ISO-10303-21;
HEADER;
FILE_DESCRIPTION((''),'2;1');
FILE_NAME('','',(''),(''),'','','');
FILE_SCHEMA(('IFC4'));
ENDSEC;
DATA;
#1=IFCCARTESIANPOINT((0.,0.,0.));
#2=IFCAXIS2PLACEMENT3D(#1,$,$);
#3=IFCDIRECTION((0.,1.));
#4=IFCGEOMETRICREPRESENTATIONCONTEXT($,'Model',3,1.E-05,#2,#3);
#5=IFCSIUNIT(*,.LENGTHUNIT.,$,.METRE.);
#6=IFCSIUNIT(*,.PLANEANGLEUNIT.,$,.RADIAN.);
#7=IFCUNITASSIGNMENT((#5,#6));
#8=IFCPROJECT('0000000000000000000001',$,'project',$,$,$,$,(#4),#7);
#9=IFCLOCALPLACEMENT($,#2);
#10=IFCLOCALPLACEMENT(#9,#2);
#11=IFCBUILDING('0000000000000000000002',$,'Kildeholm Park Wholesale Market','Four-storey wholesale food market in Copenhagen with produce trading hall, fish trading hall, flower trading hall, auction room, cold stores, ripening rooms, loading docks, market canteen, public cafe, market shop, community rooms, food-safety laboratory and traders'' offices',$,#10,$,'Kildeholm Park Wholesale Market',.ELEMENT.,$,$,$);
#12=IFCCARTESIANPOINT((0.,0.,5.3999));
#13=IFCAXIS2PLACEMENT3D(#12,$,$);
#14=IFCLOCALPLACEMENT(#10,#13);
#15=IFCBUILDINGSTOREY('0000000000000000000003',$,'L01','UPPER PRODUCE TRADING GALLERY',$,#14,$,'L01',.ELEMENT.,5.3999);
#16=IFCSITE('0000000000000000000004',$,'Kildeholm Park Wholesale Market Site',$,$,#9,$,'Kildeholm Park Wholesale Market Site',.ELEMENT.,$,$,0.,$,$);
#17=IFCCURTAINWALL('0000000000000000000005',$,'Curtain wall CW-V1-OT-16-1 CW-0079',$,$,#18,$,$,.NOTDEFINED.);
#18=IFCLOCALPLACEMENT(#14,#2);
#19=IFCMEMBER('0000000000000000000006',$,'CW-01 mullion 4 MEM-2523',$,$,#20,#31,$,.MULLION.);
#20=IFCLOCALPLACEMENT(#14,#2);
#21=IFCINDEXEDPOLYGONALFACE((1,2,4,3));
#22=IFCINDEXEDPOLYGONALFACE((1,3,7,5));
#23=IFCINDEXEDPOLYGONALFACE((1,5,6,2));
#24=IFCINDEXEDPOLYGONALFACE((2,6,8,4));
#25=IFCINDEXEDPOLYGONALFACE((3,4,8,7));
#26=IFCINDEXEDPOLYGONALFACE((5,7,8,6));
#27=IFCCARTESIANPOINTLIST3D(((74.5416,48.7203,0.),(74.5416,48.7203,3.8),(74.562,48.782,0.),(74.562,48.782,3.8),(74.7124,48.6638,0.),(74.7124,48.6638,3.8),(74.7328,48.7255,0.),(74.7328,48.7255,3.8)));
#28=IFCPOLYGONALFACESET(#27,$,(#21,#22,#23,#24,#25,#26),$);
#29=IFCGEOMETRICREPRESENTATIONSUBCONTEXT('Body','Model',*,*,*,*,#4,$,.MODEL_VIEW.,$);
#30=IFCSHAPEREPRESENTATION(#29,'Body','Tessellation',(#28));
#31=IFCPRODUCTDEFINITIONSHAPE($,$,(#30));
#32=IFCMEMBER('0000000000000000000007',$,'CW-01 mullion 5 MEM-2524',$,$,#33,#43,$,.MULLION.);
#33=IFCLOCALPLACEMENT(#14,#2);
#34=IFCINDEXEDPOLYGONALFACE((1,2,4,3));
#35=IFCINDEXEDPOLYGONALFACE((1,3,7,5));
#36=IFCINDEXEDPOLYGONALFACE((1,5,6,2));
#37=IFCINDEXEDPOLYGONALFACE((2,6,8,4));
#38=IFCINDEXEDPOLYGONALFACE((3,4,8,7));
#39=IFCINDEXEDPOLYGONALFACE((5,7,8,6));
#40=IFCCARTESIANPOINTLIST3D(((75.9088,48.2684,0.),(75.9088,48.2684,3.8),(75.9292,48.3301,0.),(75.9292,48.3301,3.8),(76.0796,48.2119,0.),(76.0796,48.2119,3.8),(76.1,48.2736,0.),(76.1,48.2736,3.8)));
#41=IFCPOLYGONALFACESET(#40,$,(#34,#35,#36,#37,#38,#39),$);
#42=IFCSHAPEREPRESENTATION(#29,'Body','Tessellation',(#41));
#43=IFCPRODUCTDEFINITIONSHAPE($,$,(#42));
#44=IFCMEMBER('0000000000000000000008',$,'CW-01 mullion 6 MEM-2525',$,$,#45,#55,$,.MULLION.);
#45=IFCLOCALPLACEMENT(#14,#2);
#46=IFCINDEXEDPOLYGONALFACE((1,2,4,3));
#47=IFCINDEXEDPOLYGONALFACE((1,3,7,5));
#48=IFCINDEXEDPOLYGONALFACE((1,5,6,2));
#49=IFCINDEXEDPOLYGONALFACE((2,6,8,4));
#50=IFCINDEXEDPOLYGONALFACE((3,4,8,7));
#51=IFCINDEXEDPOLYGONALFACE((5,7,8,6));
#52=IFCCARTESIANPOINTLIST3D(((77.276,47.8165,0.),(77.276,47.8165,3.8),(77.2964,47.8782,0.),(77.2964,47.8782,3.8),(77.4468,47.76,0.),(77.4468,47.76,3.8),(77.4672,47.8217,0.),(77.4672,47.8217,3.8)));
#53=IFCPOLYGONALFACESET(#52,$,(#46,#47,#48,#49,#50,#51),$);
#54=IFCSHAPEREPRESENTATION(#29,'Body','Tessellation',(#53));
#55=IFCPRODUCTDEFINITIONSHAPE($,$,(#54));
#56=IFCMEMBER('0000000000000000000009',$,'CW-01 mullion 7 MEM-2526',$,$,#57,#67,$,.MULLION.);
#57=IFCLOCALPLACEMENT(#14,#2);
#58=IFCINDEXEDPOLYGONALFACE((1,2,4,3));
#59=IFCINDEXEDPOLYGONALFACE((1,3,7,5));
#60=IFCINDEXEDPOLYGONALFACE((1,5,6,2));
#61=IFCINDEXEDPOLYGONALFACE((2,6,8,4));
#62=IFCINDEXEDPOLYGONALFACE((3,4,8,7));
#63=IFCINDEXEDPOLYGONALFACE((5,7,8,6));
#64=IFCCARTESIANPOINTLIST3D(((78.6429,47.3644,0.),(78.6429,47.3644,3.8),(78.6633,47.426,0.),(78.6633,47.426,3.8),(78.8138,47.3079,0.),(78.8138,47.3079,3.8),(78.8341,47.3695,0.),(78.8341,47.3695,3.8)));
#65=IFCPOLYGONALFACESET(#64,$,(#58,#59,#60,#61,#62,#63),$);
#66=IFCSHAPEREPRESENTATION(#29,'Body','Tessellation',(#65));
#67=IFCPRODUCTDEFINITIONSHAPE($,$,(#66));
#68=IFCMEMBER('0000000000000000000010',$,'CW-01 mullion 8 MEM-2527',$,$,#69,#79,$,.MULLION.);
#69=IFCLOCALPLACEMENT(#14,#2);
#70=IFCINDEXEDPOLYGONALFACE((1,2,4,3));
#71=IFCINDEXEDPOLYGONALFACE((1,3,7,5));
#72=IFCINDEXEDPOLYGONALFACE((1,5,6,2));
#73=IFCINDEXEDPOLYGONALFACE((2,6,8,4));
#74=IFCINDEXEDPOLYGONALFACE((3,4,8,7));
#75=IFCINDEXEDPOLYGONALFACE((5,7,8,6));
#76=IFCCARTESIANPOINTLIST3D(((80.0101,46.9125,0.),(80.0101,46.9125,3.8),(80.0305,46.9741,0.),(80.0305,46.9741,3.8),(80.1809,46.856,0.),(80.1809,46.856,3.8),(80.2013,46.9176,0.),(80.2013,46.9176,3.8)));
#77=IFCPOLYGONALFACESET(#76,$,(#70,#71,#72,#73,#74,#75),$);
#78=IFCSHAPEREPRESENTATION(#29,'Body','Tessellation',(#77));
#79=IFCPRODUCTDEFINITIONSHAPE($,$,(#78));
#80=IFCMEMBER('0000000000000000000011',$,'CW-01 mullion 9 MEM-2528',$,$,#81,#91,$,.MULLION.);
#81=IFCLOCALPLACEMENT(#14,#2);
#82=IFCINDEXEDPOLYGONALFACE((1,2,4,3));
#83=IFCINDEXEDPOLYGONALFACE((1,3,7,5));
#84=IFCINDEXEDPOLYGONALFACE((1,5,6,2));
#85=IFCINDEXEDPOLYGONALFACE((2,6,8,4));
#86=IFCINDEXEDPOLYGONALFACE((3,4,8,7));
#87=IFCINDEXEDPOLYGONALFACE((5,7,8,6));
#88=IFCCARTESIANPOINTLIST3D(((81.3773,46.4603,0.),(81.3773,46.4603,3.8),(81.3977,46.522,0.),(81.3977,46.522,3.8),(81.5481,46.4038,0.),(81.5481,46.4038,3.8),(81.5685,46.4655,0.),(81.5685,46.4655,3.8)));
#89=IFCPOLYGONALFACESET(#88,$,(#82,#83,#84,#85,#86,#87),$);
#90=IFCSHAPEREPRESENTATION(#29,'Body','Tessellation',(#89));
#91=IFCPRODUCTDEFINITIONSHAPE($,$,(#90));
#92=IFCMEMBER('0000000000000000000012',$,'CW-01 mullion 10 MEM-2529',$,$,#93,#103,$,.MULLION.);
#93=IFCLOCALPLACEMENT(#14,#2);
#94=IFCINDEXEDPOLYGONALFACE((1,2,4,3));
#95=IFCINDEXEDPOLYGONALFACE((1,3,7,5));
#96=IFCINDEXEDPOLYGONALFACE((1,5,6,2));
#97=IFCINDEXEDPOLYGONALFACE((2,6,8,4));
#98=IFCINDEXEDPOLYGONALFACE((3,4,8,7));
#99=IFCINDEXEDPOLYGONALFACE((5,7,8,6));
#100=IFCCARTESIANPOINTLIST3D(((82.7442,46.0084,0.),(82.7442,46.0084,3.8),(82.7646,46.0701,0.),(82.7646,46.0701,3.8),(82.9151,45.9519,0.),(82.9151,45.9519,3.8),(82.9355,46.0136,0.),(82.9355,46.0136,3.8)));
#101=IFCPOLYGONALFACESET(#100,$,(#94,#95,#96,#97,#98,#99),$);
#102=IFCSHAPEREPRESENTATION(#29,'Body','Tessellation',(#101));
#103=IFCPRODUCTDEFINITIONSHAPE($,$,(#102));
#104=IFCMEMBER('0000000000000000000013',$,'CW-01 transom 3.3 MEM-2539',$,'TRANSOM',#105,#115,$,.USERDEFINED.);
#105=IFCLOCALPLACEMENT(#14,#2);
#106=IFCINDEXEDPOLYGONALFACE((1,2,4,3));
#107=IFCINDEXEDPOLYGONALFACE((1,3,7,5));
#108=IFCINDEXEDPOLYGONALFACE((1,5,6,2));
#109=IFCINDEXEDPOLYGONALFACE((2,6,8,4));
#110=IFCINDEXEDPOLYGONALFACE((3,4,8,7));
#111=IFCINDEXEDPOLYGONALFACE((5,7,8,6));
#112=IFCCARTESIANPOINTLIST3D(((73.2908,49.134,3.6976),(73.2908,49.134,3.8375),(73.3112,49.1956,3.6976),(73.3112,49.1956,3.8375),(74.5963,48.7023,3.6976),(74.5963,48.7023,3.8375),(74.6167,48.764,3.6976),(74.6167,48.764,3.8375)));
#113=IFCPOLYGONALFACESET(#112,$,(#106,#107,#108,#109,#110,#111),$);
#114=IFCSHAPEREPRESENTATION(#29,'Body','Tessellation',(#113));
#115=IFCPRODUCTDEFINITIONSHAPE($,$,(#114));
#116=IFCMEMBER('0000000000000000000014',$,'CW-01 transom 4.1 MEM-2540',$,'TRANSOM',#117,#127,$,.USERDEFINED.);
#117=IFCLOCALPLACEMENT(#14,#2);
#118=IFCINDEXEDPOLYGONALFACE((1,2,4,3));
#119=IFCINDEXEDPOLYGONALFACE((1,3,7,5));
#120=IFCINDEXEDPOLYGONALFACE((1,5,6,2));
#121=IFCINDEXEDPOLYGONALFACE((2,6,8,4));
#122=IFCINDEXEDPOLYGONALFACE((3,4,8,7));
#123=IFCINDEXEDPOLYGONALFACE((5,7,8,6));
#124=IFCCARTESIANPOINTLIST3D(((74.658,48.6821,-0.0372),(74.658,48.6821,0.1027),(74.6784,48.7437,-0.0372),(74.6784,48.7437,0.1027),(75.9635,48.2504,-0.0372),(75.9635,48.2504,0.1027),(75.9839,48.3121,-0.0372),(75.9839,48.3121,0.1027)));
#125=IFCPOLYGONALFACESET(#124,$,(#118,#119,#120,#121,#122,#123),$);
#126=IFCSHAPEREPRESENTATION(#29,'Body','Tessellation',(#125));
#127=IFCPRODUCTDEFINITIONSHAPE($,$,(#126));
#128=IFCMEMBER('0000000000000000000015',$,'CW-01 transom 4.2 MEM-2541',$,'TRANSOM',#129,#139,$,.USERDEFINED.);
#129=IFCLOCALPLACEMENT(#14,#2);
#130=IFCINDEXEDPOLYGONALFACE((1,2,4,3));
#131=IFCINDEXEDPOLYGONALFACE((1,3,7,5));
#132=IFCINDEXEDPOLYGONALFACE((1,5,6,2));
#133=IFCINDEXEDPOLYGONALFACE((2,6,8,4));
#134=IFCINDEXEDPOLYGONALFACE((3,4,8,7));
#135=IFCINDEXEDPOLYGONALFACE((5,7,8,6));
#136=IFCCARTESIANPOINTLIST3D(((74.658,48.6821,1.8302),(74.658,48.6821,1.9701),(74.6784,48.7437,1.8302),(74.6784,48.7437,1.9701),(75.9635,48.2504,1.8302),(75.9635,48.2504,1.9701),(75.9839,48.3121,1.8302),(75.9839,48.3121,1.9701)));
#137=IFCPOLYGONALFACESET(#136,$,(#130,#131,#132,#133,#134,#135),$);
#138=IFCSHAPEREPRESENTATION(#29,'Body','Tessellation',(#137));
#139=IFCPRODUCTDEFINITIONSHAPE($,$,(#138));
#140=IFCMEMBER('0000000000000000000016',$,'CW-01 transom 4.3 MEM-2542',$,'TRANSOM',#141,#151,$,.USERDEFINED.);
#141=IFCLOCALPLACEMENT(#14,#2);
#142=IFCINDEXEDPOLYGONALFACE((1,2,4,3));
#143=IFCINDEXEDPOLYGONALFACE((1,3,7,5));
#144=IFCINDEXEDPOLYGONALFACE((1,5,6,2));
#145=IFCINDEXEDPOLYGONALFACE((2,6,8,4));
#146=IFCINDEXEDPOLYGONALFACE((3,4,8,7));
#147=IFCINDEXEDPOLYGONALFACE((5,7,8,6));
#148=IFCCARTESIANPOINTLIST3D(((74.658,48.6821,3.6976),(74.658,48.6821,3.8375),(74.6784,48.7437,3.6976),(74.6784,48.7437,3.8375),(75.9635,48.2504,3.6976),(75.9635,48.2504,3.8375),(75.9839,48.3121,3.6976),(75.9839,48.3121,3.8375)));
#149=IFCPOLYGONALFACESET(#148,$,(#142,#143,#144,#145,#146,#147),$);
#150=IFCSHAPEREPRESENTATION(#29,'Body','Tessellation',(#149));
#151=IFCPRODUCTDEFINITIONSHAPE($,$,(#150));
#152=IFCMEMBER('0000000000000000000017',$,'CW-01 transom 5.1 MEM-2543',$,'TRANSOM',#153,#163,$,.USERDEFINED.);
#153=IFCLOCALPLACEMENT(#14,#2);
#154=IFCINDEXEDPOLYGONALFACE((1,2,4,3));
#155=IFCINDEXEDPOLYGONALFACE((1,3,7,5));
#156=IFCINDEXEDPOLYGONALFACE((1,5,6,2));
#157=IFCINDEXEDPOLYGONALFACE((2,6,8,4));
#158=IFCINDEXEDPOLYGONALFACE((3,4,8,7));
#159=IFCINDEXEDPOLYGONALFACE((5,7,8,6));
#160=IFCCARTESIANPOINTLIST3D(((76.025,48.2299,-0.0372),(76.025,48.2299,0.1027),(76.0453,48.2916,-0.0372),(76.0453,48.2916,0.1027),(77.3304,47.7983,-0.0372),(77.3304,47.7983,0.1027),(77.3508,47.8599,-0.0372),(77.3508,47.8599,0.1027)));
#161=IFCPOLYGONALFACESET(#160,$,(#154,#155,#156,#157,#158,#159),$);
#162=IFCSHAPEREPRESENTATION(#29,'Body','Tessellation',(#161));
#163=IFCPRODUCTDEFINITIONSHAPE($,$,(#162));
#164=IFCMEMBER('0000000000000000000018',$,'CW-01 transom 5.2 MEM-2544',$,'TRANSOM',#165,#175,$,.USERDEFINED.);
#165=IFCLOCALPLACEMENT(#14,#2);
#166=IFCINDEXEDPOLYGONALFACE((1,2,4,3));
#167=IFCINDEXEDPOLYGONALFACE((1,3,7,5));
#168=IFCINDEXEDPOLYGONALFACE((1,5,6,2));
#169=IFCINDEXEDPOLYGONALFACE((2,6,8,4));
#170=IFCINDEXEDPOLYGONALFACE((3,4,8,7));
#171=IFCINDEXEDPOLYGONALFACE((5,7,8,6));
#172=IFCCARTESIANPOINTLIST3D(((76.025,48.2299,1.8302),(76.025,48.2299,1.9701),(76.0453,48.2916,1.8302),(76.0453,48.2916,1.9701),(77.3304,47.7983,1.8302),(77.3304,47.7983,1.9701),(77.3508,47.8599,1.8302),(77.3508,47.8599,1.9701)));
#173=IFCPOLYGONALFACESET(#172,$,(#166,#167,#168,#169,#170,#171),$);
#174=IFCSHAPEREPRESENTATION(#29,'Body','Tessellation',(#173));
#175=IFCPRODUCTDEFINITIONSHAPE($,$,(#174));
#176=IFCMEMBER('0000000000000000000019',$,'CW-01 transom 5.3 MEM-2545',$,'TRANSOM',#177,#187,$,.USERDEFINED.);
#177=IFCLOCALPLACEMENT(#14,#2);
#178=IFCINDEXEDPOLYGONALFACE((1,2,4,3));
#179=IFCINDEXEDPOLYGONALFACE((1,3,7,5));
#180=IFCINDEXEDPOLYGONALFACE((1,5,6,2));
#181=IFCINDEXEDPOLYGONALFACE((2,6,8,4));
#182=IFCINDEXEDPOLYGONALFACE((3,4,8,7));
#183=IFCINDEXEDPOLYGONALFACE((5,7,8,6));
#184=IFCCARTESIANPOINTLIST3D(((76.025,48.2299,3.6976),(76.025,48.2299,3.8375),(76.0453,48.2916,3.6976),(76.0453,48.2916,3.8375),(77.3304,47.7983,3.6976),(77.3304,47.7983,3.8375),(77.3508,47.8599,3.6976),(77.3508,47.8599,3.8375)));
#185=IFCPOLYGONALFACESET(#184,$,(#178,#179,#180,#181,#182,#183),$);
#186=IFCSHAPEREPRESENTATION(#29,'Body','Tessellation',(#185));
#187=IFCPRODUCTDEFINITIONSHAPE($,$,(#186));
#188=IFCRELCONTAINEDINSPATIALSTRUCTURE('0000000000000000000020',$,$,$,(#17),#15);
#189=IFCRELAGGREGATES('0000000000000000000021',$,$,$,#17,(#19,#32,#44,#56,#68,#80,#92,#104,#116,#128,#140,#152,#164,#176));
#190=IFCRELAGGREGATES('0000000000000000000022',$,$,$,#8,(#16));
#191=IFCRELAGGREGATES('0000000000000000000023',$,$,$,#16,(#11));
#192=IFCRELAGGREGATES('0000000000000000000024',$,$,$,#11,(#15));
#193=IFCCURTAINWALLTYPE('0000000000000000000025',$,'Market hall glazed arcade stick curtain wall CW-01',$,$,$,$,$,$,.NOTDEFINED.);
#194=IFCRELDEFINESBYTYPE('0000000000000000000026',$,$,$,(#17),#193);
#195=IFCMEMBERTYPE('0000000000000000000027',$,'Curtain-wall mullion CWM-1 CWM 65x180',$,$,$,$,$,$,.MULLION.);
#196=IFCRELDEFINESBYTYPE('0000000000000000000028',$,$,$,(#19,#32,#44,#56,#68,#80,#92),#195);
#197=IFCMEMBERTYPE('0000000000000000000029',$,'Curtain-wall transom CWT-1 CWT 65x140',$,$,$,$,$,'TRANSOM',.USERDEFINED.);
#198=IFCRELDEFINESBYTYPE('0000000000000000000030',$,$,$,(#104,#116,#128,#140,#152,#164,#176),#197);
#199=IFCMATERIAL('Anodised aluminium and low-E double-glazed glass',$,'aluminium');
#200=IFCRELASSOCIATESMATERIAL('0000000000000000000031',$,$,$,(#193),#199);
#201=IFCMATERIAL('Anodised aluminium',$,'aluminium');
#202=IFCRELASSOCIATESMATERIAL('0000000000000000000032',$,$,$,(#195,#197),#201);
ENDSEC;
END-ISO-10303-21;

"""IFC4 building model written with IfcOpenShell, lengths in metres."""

from ifc_helpers import new_model, si_unit, direction, frame, origin, origin_2d, place, context, subcontext, project, spatial, rectangle, extrude, material, material_profile, profile_set, type_object, element, aggregate, save


model = new_model("IFC4")

# Units and contexts
model_context = context("Model", 3, precision=1e-05, world=origin(), true_north=direction((0.0, 1.0)))
body_context = subcontext(model_context, "Body", "Model", "MODEL_VIEW")
ifc_project = project(units=[si_unit("LENGTHUNIT", "METRE"), si_unit("PLANEANGLEUNIT", "RADIAN")], contexts=[model_context])

# Site, building, storey
site_placement = place(None, origin())
site = spatial("IfcSite", under=ifc_project, at=site_placement, Name="Kildeholm Park Wholesale Market Site", LongName="Kildeholm Park Wholesale Market Site", CompositionType="ELEMENT", RefElevation=0.0)
building_placement = place(site_placement, origin())
building = spatial("IfcBuilding", under=site, at=building_placement, Name="Kildeholm Park Wholesale Market", Description="Four-storey wholesale food market in Copenhagen with produce trading hall, fish trading hall, flower trading hall, auction room, cold stores, ripening rooms, loading docks, market canteen, public cafe, market shop, community rooms, food-safety laboratory and traders' offices", LongName="Kildeholm Park Wholesale Market", CompositionType="ELEMENT")
storey_placement = place(building_placement, frame((0.0, 0.0, 5.3999)))
storey = spatial("IfcBuildingStorey", under=building, at=storey_placement, Name="L01", Description="UPPER PRODUCE TRADING GALLERY", LongName="L01", CompositionType="ELEMENT", Elevation=5.3999)

# Curtain wall, members
ifc_material_1 = material(Name="Anodised aluminium and low-E double-glazed glass", Category="aluminium")
curtain_wall_type = type_object("IfcCurtainWallType", Name="Market hall glazed arcade stick curtain wall CW-01", PredefinedType="NOTDEFINED", material=ifc_material_1)
curtain_wall_placement = place(storey_placement, origin())
curtain_wall = element("IfcCurtainWall", 1, at=curtain_wall_placement, inside=storey, type_object=curtain_wall_type, Name="Curtain wall CW-V1-OT-16-1 CW-0079", PredefinedType="NOTDEFINED")
ifc_material_2 = material(Name="Anodised aluminium", Category="aluminium")
ifc_material_profile_1 = material_profile(ifc_material_2, rectangle(XDim=0.0649, YDim=0.1799, at=origin_2d()), Name="CWM 65x180")
ifc_profile_set_1 = profile_set([ifc_material_profile_1], Name="Anodised aluminium")
member_type_1 = type_object("IfcMemberType", Name="Curtain-wall mullion CWM-1 CWM 65x180", PredefinedType="MULLION", material=ifc_profile_set_1)
member_1_placement = place(storey_placement, frame((74.6372, 48.7229, 0.0), z_axis=(0.0, 0.0, 1.0), x_axis=(0.313914, 0.949451, 0.0)))
member_1 = element("IfcMember", 2, at=member_1_placement, type_object=member_type_1, Name="CW-01 mullion 4 MEM-2523", PredefinedType="MULLION", context=body_context, shape_type="SweptSolid", body=[
    extrude(rectangle(XDim=0.0649, YDim=0.1799, at=origin_2d()), origin(), (0.0, 0.0, 1.0), 3.8),
])
member_2_placement = place(storey_placement, frame((76.0044, 48.271, 0.0), z_axis=(0.0, 0.0, 1.0), x_axis=(0.313914, 0.949451, 0.0)))
member_2 = element("IfcMember", 3, at=member_2_placement, type_object=member_type_1, Name="CW-01 mullion 5 MEM-2524", PredefinedType="MULLION", context=body_context, shape_type="SweptSolid", body=[
    extrude(rectangle(XDim=0.0649, YDim=0.1799, at=origin_2d()), origin(), (0.0, 0.0, 1.0), 3.8),
])
member_3_placement = place(storey_placement, frame((77.3716, 47.8191, 0.0), z_axis=(0.0, 0.0, 1.0), x_axis=(0.313914, 0.949451, 0.0)))
member_3 = element("IfcMember", 4, at=member_3_placement, type_object=member_type_1, Name="CW-01 mullion 6 MEM-2525", PredefinedType="MULLION", context=body_context, shape_type="SweptSolid", body=[
    extrude(rectangle(XDim=0.0649, YDim=0.1799, at=origin_2d()), origin(), (0.0, 0.0, 1.0), 3.8),
])
member_4_placement = place(storey_placement, frame((78.7385, 47.3669, 0.0), z_axis=(0.0, 0.0, 1.0), x_axis=(0.313914, 0.949451, 0.0)))
member_4 = element("IfcMember", 5, at=member_4_placement, type_object=member_type_1, Name="CW-01 mullion 7 MEM-2526", PredefinedType="MULLION", context=body_context, shape_type="SweptSolid", body=[
    extrude(rectangle(XDim=0.0649, YDim=0.1799, at=origin_2d()), origin(), (0.0, 0.0, 1.0), 3.8),
])
member_5_placement = place(storey_placement, frame((80.1057, 46.915, 0.0), z_axis=(0.0, 0.0, 1.0), x_axis=(0.313914, 0.949451, 0.0)))
member_5 = element("IfcMember", 6, at=member_5_placement, type_object=member_type_1, Name="CW-01 mullion 8 MEM-2527", PredefinedType="MULLION", context=body_context, shape_type="SweptSolid", body=[
    extrude(rectangle(XDim=0.0649, YDim=0.1799, at=origin_2d()), origin(), (0.0, 0.0, 1.0), 3.8),
])
member_6_placement = place(storey_placement, frame((81.4729, 46.4629, 0.0), z_axis=(0.0, 0.0, 1.0), x_axis=(0.313914, 0.949451, 0.0)))
member_6 = element("IfcMember", 7, at=member_6_placement, type_object=member_type_1, Name="CW-01 mullion 9 MEM-2528", PredefinedType="MULLION", context=body_context, shape_type="SweptSolid", body=[
    extrude(rectangle(XDim=0.0649, YDim=0.1799, at=origin_2d()), origin(), (0.0, 0.0, 1.0), 3.8),
])
member_7_placement = place(storey_placement, frame((82.8398, 46.011, 0.0), z_axis=(0.0, 0.0, 1.0), x_axis=(0.313914, 0.949451, 0.0)))
member_7 = element("IfcMember", 8, at=member_7_placement, type_object=member_type_1, Name="CW-01 mullion 10 MEM-2529", PredefinedType="MULLION", context=body_context, shape_type="SweptSolid", body=[
    extrude(rectangle(XDim=0.0649, YDim=0.1799, at=origin_2d()), origin(), (0.0, 0.0, 1.0), 3.8),
])
ifc_material_profile_2 = material_profile(ifc_material_2, rectangle(XDim=0.0649, YDim=0.1399, at=origin_2d()), Name="CWT 65x140")
ifc_profile_set_2 = profile_set([ifc_material_profile_2], Name="Anodised aluminium")
member_type_2 = type_object("IfcMemberType", Name="Curtain-wall transom CWT-1 CWT 65x140", ElementType="TRANSOM", PredefinedType="USERDEFINED", material=ifc_profile_set_2)
member_8_placement = place(storey_placement, frame((73.301, 49.1648, 3.7676), z_axis=(0.949444, -0.313936, 0.0), x_axis=(0.313936, 0.949444, 0.0)))
member_8 = element("IfcMember", 9, at=member_8_placement, type_object=member_type_2, Name="CW-01 transom 3.3 MEM-2539", ObjectType="TRANSOM", PredefinedType="USERDEFINED", context=body_context, shape_type="SweptSolid", body=[
    extrude(rectangle(XDim=0.0649, YDim=0.1399, at=origin_2d()), origin(), (0.0, 0.0, 1.0), 1.375),
])
member_9_placement = place(storey_placement, frame((74.6682, 48.7129, 0.0327), z_axis=(0.949444, -0.313936, 0.0), x_axis=(0.313936, 0.949444, 0.0)))
member_9 = element("IfcMember", 10, at=member_9_placement, type_object=member_type_2, Name="CW-01 transom 4.1 MEM-2540", ObjectType="TRANSOM", PredefinedType="USERDEFINED", context=body_context, shape_type="SweptSolid", body=[
    extrude(rectangle(XDim=0.0649, YDim=0.1399, at=origin_2d()), origin(), (0.0, 0.0, 1.0), 1.375),
])
member_10_placement = place(storey_placement, frame((74.6682, 48.7129, 1.9001), z_axis=(0.949444, -0.313936, 0.0), x_axis=(0.313936, 0.949444, 0.0)))
member_10 = element("IfcMember", 11, at=member_10_placement, type_object=member_type_2, Name="CW-01 transom 4.2 MEM-2541", ObjectType="TRANSOM", PredefinedType="USERDEFINED", context=body_context, shape_type="SweptSolid", body=[
    extrude(rectangle(XDim=0.0649, YDim=0.1399, at=origin_2d()), origin(), (0.0, 0.0, 1.0), 1.375),
])
member_11_placement = place(storey_placement, frame((74.6682, 48.7129, 3.7676), z_axis=(0.949444, -0.313936, 0.0), x_axis=(0.313936, 0.949444, 0.0)))
member_11 = element("IfcMember", 12, at=member_11_placement, type_object=member_type_2, Name="CW-01 transom 4.3 MEM-2542", ObjectType="TRANSOM", PredefinedType="USERDEFINED", context=body_context, shape_type="SweptSolid", body=[
    extrude(rectangle(XDim=0.0649, YDim=0.1399, at=origin_2d()), origin(), (0.0, 0.0, 1.0), 1.375),
])
member_12_placement = place(storey_placement, frame((76.0352, 48.2607, 0.0327), z_axis=(0.949444, -0.313936, 0.0), x_axis=(0.313936, 0.949444, 0.0)))
member_12 = element("IfcMember", 13, at=member_12_placement, type_object=member_type_2, Name="CW-01 transom 5.1 MEM-2543", ObjectType="TRANSOM", PredefinedType="USERDEFINED", context=body_context, shape_type="SweptSolid", body=[
    extrude(rectangle(XDim=0.0649, YDim=0.1399, at=origin_2d()), origin(), (0.0, 0.0, 1.0), 1.375),
])
member_13_placement = place(storey_placement, frame((76.0352, 48.2607, 1.9001), z_axis=(0.949444, -0.313936, 0.0), x_axis=(0.313936, 0.949444, 0.0)))
member_13 = element("IfcMember", 14, at=member_13_placement, type_object=member_type_2, Name="CW-01 transom 5.2 MEM-2544", ObjectType="TRANSOM", PredefinedType="USERDEFINED", context=body_context, shape_type="SweptSolid", body=[
    extrude(rectangle(XDim=0.0649, YDim=0.1399, at=origin_2d()), origin(), (0.0, 0.0, 1.0), 1.375),
])
member_14_placement = place(storey_placement, frame((76.0352, 48.2607, 3.7676), z_axis=(0.949444, -0.313936, 0.0), x_axis=(0.313936, 0.949444, 0.0)))
member_14 = element("IfcMember", 15, at=member_14_placement, type_object=member_type_2, Name="CW-01 transom 5.3 MEM-2545", ObjectType="TRANSOM", PredefinedType="USERDEFINED", context=body_context, shape_type="SweptSolid", body=[
    extrude(rectangle(XDim=0.0649, YDim=0.1399, at=origin_2d()), origin(), (0.0, 0.0, 1.0), 1.375),
])
aggregate(curtain_wall, [member_1, member_2, member_3, member_4, member_5, member_6, member_7, member_8, member_9, member_10, member_11, member_12, member_13, member_14])

save(model, "model.ifc")
